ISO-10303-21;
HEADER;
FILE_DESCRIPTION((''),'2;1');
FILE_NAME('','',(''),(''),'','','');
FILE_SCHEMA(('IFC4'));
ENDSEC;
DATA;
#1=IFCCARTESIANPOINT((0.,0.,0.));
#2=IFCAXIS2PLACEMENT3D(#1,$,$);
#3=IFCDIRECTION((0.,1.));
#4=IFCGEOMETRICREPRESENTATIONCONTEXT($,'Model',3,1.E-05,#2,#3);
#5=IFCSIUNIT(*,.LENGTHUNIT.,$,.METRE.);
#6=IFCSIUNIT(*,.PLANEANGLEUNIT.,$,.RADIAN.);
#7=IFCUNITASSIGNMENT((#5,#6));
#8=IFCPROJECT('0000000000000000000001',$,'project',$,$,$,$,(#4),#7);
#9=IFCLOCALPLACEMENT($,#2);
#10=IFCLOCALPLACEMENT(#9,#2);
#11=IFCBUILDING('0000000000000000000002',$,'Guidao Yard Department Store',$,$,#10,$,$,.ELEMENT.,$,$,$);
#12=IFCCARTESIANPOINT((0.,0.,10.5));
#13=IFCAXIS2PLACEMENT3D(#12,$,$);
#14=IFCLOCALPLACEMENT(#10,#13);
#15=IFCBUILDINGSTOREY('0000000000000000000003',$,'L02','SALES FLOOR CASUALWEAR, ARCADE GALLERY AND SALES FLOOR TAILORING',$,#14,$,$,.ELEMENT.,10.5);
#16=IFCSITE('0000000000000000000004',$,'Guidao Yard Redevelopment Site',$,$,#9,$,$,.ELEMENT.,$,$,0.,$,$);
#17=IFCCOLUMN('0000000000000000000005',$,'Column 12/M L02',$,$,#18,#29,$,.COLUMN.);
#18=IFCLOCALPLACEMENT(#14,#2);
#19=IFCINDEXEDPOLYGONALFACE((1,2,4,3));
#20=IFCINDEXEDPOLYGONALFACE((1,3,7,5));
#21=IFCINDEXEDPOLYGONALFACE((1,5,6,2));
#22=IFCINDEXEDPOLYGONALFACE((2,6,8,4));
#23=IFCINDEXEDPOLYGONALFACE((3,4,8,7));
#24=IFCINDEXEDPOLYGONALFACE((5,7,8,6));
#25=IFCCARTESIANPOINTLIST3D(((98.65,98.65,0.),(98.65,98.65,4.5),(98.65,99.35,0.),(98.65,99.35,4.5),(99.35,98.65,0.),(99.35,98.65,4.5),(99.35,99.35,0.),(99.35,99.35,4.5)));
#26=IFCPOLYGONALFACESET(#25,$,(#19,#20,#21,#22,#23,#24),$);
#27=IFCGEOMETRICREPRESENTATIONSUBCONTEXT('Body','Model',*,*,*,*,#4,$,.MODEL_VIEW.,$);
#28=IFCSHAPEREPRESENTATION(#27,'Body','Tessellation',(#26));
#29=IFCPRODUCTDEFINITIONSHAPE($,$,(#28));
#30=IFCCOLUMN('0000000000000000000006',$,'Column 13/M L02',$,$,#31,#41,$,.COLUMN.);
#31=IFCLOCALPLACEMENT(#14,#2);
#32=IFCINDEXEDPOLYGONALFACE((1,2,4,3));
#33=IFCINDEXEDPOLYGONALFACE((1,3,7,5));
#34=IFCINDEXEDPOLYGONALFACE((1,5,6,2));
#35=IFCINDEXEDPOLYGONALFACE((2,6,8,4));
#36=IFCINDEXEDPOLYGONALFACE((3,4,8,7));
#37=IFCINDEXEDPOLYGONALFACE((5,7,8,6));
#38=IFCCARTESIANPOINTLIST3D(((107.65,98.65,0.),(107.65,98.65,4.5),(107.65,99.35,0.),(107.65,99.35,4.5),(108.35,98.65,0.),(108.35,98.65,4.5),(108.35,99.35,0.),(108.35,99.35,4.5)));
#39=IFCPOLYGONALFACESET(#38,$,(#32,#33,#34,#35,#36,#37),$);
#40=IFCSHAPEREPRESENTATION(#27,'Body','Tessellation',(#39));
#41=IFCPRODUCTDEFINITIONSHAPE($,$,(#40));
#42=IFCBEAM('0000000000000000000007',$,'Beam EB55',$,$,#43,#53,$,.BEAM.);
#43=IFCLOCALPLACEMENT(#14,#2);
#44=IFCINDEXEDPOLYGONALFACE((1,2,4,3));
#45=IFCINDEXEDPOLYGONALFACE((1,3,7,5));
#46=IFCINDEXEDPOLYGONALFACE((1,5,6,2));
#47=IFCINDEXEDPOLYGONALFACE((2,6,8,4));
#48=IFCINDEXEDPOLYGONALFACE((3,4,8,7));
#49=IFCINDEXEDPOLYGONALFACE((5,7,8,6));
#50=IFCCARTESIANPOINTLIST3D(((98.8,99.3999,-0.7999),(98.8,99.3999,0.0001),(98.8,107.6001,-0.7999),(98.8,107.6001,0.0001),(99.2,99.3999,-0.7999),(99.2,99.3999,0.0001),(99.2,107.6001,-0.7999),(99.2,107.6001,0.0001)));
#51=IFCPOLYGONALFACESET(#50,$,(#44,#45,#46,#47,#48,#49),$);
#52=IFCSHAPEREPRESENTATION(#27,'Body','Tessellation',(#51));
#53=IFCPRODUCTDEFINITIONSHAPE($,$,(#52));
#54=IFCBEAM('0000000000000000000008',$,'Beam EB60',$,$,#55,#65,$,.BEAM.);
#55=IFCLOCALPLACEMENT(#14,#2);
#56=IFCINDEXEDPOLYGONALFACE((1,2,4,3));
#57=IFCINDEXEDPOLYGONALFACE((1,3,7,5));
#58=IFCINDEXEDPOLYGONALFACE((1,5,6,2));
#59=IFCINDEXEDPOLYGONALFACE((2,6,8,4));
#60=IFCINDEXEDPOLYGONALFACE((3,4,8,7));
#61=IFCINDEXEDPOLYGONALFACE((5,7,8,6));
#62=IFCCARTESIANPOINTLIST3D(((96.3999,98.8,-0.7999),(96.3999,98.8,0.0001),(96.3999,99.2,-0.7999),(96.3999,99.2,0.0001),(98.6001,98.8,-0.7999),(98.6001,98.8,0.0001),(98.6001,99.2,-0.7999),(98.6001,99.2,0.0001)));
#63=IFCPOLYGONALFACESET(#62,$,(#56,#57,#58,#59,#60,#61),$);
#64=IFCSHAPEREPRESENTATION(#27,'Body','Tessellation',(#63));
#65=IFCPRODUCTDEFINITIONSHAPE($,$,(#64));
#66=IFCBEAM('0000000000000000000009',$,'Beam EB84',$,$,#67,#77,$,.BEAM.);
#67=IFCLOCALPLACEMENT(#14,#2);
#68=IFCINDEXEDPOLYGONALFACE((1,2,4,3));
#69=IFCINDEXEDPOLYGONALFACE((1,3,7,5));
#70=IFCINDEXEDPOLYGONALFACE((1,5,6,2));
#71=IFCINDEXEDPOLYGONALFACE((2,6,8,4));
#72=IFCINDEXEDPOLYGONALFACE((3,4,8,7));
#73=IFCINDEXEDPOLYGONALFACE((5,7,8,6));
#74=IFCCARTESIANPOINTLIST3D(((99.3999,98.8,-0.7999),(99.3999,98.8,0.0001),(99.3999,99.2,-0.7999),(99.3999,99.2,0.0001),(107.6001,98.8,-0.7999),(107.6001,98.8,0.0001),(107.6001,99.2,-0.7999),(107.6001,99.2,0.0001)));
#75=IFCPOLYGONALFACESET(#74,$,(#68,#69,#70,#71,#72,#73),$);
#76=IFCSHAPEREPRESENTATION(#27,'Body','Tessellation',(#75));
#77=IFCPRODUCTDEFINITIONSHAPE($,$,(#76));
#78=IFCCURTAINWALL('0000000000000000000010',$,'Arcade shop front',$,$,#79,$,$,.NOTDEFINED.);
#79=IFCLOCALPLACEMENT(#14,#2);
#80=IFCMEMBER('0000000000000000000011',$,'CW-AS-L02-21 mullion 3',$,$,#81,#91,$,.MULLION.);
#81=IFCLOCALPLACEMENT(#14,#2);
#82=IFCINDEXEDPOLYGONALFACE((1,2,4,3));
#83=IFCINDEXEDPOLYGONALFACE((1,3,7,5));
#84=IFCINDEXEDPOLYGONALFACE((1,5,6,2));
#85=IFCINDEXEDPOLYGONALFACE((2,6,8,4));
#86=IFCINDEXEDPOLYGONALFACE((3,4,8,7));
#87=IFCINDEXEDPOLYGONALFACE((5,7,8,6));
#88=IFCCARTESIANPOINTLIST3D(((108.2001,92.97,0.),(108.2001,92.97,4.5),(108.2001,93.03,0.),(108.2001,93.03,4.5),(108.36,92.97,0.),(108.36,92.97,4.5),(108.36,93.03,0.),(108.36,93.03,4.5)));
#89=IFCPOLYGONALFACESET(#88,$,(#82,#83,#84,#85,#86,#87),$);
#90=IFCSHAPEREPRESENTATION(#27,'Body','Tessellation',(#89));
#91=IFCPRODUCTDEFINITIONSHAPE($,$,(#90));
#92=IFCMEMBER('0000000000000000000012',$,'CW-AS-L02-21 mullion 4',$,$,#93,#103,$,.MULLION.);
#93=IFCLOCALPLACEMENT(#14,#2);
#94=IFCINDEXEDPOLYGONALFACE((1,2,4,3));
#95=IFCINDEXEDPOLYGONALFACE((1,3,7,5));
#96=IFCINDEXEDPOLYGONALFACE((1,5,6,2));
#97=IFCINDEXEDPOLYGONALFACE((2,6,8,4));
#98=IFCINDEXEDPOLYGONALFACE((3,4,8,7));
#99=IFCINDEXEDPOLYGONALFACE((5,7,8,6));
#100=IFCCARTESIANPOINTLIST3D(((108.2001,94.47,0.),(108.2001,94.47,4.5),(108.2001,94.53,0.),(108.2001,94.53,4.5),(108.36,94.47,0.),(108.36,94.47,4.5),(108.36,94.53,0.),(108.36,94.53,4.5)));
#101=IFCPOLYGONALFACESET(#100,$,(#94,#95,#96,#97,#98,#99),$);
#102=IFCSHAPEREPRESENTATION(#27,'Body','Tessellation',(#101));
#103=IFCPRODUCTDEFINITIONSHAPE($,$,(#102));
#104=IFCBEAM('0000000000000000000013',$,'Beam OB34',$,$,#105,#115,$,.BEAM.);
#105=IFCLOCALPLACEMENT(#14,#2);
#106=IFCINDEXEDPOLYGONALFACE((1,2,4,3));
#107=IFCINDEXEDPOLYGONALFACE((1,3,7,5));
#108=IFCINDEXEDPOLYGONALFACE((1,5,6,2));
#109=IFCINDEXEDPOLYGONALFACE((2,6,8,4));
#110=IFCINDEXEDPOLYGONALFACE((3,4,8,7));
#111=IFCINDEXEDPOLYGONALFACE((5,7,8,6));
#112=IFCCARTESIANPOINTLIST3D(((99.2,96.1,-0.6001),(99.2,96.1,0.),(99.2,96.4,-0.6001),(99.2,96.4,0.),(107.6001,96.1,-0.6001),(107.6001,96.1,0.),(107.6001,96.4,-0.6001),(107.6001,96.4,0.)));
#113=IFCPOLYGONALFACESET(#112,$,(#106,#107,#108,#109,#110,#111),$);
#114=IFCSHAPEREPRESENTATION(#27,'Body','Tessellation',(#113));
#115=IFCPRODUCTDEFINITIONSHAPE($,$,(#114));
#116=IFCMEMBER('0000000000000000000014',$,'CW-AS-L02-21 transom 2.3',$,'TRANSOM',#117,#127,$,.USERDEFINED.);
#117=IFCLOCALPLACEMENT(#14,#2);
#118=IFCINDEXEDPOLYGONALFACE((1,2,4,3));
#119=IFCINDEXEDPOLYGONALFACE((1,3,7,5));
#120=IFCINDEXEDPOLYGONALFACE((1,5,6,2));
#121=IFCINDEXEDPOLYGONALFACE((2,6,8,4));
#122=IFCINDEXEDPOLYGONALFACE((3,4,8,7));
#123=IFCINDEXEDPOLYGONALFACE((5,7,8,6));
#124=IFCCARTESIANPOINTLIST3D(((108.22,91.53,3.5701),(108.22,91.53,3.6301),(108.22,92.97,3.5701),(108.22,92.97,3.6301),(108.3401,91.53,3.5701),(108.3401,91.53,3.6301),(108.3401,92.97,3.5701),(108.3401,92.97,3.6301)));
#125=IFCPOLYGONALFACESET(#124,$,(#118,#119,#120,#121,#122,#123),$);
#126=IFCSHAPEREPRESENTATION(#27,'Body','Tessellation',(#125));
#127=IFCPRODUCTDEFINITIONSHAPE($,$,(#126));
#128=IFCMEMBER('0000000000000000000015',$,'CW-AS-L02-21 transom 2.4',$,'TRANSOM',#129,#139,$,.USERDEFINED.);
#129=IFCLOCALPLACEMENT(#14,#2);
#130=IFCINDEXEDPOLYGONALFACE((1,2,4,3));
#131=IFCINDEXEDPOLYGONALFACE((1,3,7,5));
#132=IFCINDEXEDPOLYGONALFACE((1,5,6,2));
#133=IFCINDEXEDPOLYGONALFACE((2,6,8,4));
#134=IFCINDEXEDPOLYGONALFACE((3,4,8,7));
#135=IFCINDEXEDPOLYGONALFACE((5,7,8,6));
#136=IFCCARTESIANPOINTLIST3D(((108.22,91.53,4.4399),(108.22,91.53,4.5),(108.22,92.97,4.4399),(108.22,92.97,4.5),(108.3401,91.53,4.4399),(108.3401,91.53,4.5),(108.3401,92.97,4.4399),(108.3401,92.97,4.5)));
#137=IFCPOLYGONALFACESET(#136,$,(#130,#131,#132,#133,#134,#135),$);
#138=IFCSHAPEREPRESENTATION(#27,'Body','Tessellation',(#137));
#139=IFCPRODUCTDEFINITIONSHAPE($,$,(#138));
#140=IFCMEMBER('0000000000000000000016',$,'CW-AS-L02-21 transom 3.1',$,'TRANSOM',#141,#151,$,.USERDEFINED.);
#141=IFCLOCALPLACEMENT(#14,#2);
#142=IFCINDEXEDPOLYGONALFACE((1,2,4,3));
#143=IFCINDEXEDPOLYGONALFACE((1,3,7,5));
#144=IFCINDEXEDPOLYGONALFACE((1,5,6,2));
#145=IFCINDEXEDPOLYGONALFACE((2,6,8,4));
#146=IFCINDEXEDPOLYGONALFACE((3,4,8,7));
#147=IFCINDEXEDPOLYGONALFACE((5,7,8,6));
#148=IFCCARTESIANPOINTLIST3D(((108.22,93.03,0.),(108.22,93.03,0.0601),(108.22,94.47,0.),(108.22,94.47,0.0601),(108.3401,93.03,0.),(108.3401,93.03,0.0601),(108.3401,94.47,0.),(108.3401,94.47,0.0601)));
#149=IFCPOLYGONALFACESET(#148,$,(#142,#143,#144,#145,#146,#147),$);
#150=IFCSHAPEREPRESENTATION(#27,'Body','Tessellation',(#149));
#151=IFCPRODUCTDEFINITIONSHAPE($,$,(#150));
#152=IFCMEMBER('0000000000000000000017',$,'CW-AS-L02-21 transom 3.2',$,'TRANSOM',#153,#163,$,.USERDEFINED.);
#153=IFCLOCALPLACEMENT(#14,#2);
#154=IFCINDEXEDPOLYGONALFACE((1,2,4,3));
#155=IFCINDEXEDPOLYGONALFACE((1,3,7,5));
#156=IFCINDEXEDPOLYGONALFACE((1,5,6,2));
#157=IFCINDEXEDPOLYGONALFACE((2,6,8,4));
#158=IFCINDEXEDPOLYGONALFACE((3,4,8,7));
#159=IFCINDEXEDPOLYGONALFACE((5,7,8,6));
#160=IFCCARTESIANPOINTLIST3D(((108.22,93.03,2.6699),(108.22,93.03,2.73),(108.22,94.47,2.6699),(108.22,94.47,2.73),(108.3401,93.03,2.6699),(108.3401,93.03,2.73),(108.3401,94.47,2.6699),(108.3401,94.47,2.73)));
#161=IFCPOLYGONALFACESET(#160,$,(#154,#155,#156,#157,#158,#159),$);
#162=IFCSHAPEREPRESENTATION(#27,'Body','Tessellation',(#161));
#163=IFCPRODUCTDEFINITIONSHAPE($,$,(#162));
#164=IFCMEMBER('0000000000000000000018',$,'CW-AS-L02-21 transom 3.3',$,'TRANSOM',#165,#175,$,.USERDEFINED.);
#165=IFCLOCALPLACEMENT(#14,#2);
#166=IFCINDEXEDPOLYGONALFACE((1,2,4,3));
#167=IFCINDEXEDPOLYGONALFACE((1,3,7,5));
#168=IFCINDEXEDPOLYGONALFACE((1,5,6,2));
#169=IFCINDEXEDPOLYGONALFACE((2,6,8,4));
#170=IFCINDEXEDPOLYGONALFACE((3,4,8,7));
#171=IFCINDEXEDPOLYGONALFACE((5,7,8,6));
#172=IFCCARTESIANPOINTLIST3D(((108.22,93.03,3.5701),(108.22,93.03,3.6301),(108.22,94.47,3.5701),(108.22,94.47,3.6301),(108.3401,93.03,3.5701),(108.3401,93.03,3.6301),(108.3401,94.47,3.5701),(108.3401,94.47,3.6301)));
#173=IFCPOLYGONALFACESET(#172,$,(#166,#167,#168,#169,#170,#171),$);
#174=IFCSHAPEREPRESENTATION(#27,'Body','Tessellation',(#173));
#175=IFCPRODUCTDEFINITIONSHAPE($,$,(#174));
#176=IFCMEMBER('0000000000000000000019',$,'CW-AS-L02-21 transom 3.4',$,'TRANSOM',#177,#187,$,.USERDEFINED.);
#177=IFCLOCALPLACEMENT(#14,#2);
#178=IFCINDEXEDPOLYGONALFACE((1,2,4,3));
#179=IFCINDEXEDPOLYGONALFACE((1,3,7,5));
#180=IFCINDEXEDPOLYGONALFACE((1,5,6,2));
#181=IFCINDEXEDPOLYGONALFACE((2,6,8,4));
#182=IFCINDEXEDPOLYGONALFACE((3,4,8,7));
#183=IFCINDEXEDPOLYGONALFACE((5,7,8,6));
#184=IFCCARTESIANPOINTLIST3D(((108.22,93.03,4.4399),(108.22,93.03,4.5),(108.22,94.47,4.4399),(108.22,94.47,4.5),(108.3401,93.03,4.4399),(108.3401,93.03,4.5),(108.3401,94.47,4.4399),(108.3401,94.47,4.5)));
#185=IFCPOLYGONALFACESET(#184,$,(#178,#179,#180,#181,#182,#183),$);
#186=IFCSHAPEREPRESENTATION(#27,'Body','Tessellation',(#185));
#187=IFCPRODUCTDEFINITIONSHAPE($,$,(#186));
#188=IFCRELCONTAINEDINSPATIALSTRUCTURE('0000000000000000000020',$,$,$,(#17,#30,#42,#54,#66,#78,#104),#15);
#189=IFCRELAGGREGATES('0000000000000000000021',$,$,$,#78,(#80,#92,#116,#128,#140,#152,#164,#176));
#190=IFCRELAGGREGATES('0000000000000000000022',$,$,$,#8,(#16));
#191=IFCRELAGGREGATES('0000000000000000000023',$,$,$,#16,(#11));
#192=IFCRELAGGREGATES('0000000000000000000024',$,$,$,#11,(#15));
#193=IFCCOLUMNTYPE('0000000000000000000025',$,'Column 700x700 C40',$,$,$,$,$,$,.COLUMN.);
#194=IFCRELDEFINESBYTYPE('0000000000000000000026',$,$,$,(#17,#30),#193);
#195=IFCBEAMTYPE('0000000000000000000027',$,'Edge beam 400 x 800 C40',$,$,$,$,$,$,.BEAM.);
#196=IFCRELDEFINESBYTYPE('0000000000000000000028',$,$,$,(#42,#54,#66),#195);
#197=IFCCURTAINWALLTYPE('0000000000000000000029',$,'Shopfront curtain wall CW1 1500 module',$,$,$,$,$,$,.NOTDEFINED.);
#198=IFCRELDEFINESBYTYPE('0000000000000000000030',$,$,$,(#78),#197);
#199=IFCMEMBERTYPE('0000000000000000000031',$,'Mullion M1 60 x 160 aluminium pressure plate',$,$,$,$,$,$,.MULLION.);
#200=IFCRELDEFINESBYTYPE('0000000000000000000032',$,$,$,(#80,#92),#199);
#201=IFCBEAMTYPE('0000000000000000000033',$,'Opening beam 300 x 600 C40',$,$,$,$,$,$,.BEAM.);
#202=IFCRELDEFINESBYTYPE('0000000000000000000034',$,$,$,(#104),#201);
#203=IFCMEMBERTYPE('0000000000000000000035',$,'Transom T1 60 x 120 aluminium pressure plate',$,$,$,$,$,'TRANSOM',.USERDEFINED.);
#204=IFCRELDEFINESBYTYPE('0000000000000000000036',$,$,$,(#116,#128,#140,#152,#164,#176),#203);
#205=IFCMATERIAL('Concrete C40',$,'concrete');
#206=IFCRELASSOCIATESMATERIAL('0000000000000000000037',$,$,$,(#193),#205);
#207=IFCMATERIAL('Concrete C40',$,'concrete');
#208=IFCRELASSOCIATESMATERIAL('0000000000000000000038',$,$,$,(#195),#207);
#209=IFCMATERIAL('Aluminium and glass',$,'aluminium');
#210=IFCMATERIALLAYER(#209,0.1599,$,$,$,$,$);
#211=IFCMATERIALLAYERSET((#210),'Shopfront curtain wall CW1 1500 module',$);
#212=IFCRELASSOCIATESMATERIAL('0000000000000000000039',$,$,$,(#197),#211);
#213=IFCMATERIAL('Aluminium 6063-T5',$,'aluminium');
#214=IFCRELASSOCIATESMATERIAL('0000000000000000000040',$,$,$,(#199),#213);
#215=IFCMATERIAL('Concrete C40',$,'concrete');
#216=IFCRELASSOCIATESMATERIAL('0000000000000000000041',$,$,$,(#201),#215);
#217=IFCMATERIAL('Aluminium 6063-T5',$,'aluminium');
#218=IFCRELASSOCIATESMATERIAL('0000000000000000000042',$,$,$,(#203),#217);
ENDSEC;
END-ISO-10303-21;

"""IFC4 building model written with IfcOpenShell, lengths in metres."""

from ifc_helpers import new_model, si_unit, direction, frame, origin, origin_2d, place, context, subcontext, project, spatial, rectangle, extrude, material, layer, layer_set, material_profile, profile_set, type_object, element, aggregate, save


model = new_model("IFC4")

# Units and contexts
model_context = context("Model", 3, precision=1e-05, world=origin(), true_north=direction((0.0, 1.0)))
body_context = subcontext(model_context, "Body", "Model", "MODEL_VIEW")
ifc_project = project(units=[si_unit("LENGTHUNIT", "METRE"), si_unit("PLANEANGLEUNIT", "RADIAN")], contexts=[model_context])

# Site, building, storey
site_placement = place(None, origin())
site = spatial("IfcSite", under=ifc_project, at=site_placement, Name="Guidao Yard Redevelopment Site", CompositionType="ELEMENT", RefElevation=0.0)
building_placement = place(site_placement, origin())
building = spatial("IfcBuilding", under=site, at=building_placement, Name="Guidao Yard Department Store", CompositionType="ELEMENT")
storey_placement = place(building_placement, frame((0.0, 0.0, 10.5)))
storey = spatial("IfcBuildingStorey", under=building, at=storey_placement, Name="L02", Description="SALES FLOOR CASUALWEAR, ARCADE GALLERY AND SALES FLOOR TAILORING", CompositionType="ELEMENT", Elevation=10.5)

# Columns
ifc_material_1 = material(Name="Concrete C40", Category="concrete")
ifc_material_profile_1 = material_profile(ifc_material_1, rectangle(XDim=0.7, YDim=0.7, at=origin_2d()), Name="COL 700x700")
ifc_profile_set_1 = profile_set([ifc_material_profile_1], Name="Concrete C40")
column_type = type_object("IfcColumnType", Name="Column 700x700 C40", PredefinedType="COLUMN", material=ifc_profile_set_1)
for number, where, z_axis, x_axis, name in (
    (1, (99.0, 99.0, 0.0), (0.0, 0.0, 1.0), (1.0, 0.0, 0.0), "Column 12/M L02"),
    (2, (108.0, 99.0, 0.0), (0.0, 0.0, 1.0), (1.0, 0.0, 0.0), "Column 13/M L02"),
):
    element("IfcColumn", number, at=place(storey_placement, frame(where, z_axis=z_axis, x_axis=x_axis)), inside=storey, type_object=column_type, Name=name, PredefinedType="COLUMN", context=body_context, shape_type="SweptSolid", body=[
        extrude(rectangle(XDim=0.7, YDim=0.7, at=origin_2d()), origin(), (0.0, 0.0, 1.0), 4.5),
    ])

# Beams
ifc_material_2 = material(Name="Concrete C40", Category="concrete")
ifc_material_profile_2 = material_profile(ifc_material_2, rectangle(XDim=0.3999, YDim=0.8, at=origin_2d()), Name="Edge beam 400 x 800 C40")
ifc_profile_set_2 = profile_set([ifc_material_profile_2], Name="Concrete C40")
beam_type_1 = type_object("IfcBeamType", Name="Edge beam 400 x 800 C40", PredefinedType="BEAM", material=ifc_profile_set_2)
beam_1_placement = place(storey_placement, frame((99.0, 99.3999, -0.3999), z_axis=(0.0, 1.0, 0.0), x_axis=(-1.0, 0.0, 0.0)))
element("IfcBeam", 3, at=beam_1_placement, inside=storey, type_object=beam_type_1, Name="Beam EB55", PredefinedType="BEAM", context=body_context, shape_type="SweptSolid", body=[
    extrude(rectangle(XDim=0.3999, YDim=0.8, at=origin_2d()), origin(), (0.0, 0.0, 1.0), 8.2002),
])
beam_2_placement = place(storey_placement, frame((96.3999, 99.0, -0.3999), z_axis=(1.0, 0.0, 0.0), x_axis=(0.0, 1.0, 0.0)))
element("IfcBeam", 4, at=beam_2_placement, inside=storey, type_object=beam_type_1, Name="Beam EB60", PredefinedType="BEAM", context=body_context, shape_type="SweptSolid", body=[
    extrude(rectangle(XDim=0.3999, YDim=0.8, at=origin_2d()), origin(), (0.0, 0.0, 1.0), 2.2002),
])
beam_3_placement = place(storey_placement, frame((99.3999, 99.0, -0.3999), z_axis=(1.0, 0.0, 0.0), x_axis=(0.0, 1.0, 0.0)))
element("IfcBeam", 5, at=beam_3_placement, inside=storey, type_object=beam_type_1, Name="Beam EB84", PredefinedType="BEAM", context=body_context, shape_type="SweptSolid", body=[
    extrude(rectangle(XDim=0.3999, YDim=0.8, at=origin_2d()), origin(), (0.0, 0.0, 1.0), 8.2002),
])

# Curtain wall, members
ifc_material_3 = material(Name="Aluminium and glass", Category="aluminium")
ifc_layer_1 = layer(ifc_material_3, 0.1599)
ifc_layer_set_1 = layer_set([ifc_layer_1], Name="Shopfront curtain wall CW1 1500 module")
curtain_wall_type = type_object("IfcCurtainWallType", Name="Shopfront curtain wall CW1 1500 module", PredefinedType="NOTDEFINED", material=ifc_layer_set_1)
curtain_wall_placement = place(storey_placement, origin())
curtain_wall = element("IfcCurtainWall", 6, at=curtain_wall_placement, inside=storey, type_object=curtain_wall_type, Name="Arcade shop front", PredefinedType="NOTDEFINED")
ifc_material_4 = material(Name="Aluminium 6063-T5", Category="aluminium")
ifc_material_profile_3 = material_profile(ifc_material_4, rectangle(XDim=0.0601, YDim=0.1599, at=origin_2d()), Name="Mullion M1 60 x 160 aluminium pressure plate")
ifc_profile_set_3 = profile_set([ifc_material_profile_3], Name="Aluminium 6063-T5")
member_type_1 = type_object("IfcMemberType", Name="Mullion M1 60 x 160 aluminium pressure plate", PredefinedType="MULLION", material=ifc_profile_set_3)
member_1_placement = place(storey_placement, frame((108.28, 93.0, 0.0), z_axis=(0.0, 0.0, 1.0), x_axis=(0.0, -1.0, 0.0)))
member_1 = element("IfcMember", 7, at=member_1_placement, type_object=member_type_1, Name="CW-AS-L02-21 mullion 3", PredefinedType="MULLION", context=body_context, shape_type="SweptSolid", body=[
    extrude(rectangle(XDim=0.0601, YDim=0.1599, at=origin_2d()), origin(), (0.0, 0.0, 1.0), 4.5),
])
member_2_placement = place(storey_placement, frame((108.28, 94.5, 0.0), z_axis=(0.0, 0.0, 1.0), x_axis=(0.0, -1.0, 0.0)))
member_2 = element("IfcMember", 8, at=member_2_placement, type_object=member_type_1, Name="CW-AS-L02-21 mullion 4", PredefinedType="MULLION", context=body_context, shape_type="SweptSolid", body=[
    extrude(rectangle(XDim=0.0601, YDim=0.1599, at=origin_2d()), origin(), (0.0, 0.0, 1.0), 4.5),
])

# Beam
ifc_material_5 = material(Name="Concrete C40", Category="concrete")
ifc_material_profile_4 = material_profile(ifc_material_5, rectangle(XDim=0.3, YDim=0.6001, at=origin_2d()), Name="Opening beam 300 x 600 C40")
ifc_profile_set_4 = profile_set([ifc_material_profile_4], Name="Concrete C40")
beam_type_2 = type_object("IfcBeamType", Name="Opening beam 300 x 600 C40", PredefinedType="BEAM", material=ifc_profile_set_4)
beam_4_placement = place(storey_placement, frame((99.2, 96.25, -0.3), z_axis=(1.0, 0.0, 0.0), x_axis=(0.0, 1.0, 0.0)))
element("IfcBeam", 9, at=beam_4_placement, inside=storey, type_object=beam_type_2, Name="Beam OB34", PredefinedType="BEAM", context=body_context, shape_type="SweptSolid", body=[
    extrude(rectangle(XDim=0.3, YDim=0.6001, at=origin_2d()), origin(), (0.0, 0.0, 1.0), 8.4001),
])

# Members
ifc_material_6 = material(Name="Aluminium 6063-T5", Category="aluminium")
ifc_material_profile_5 = material_profile(ifc_material_6, rectangle(XDim=0.1201, YDim=0.0601, at=origin_2d()), Name="Transom T1 60 x 120 aluminium pressure plate")
ifc_profile_set_5 = profile_set([ifc_material_profile_5], Name="Aluminium 6063-T5")
member_type_2 = type_object("IfcMemberType", Name="Transom T1 60 x 120 aluminium pressure plate", ElementType="TRANSOM", PredefinedType="USERDEFINED", material=ifc_profile_set_5)
member_3_placement = place(storey_placement, frame((108.28, 92.97, 3.6001), z_axis=(0.0, -1.0, 0.0), x_axis=(1.0, 0.0, 0.0)))
member_3 = element("IfcMember", 10, at=member_3_placement, type_object=member_type_2, Name="CW-AS-L02-21 transom 2.3", ObjectType="TRANSOM", PredefinedType="USERDEFINED", context=body_context, shape_type="SweptSolid", body=[
    extrude(rectangle(XDim=0.1201, YDim=0.0601, at=origin_2d()), origin(), (0.0, 0.0, 1.0), 1.4399),
])
member_4_placement = place(storey_placement, frame((108.28, 92.97, 4.47), z_axis=(0.0, -1.0, 0.0), x_axis=(1.0, 0.0, 0.0)))
member_4 = element("IfcMember", 11, at=member_4_placement, type_object=member_type_2, Name="CW-AS-L02-21 transom 2.4", ObjectType="TRANSOM", PredefinedType="USERDEFINED", context=body_context, shape_type="SweptSolid", body=[
    extrude(rectangle(XDim=0.1201, YDim=0.0601, at=origin_2d()), origin(), (0.0, 0.0, 1.0), 1.4399),
])
member_5_placement = place(storey_placement, frame((108.28, 94.47, 0.03), z_axis=(0.0, -1.0, 0.0), x_axis=(1.0, 0.0, 0.0)))
member_5 = element("IfcMember", 12, at=member_5_placement, type_object=member_type_2, Name="CW-AS-L02-21 transom 3.1", ObjectType="TRANSOM", PredefinedType="USERDEFINED", context=body_context, shape_type="SweptSolid", body=[
    extrude(rectangle(XDim=0.1201, YDim=0.0601, at=origin_2d()), origin(), (0.0, 0.0, 1.0), 1.4399),
])
member_6_placement = place(storey_placement, frame((108.28, 94.47, 2.7), z_axis=(0.0, -1.0, 0.0), x_axis=(1.0, 0.0, 0.0)))
member_6 = element("IfcMember", 13, at=member_6_placement, type_object=member_type_2, Name="CW-AS-L02-21 transom 3.2", ObjectType="TRANSOM", PredefinedType="USERDEFINED", context=body_context, shape_type="SweptSolid", body=[
    extrude(rectangle(XDim=0.1201, YDim=0.0601, at=origin_2d()), origin(), (0.0, 0.0, 1.0), 1.4399),
])
member_7_placement = place(storey_placement, frame((108.28, 94.47, 3.6001), z_axis=(0.0, -1.0, 0.0), x_axis=(1.0, 0.0, 0.0)))
member_7 = element("IfcMember", 14, at=member_7_placement, type_object=member_type_2, Name="CW-AS-L02-21 transom 3.3", ObjectType="TRANSOM", PredefinedType="USERDEFINED", context=body_context, shape_type="SweptSolid", body=[
    extrude(rectangle(XDim=0.1201, YDim=0.0601, at=origin_2d()), origin(), (0.0, 0.0, 1.0), 1.4399),
])
member_8_placement = place(storey_placement, frame((108.28, 94.47, 4.47), z_axis=(0.0, -1.0, 0.0), x_axis=(1.0, 0.0, 0.0)))
member_8 = element("IfcMember", 15, at=member_8_placement, type_object=member_type_2, Name="CW-AS-L02-21 transom 3.4", ObjectType="TRANSOM", PredefinedType="USERDEFINED", context=body_context, shape_type="SweptSolid", body=[
    extrude(rectangle(XDim=0.1201, YDim=0.0601, at=origin_2d()), origin(), (0.0, 0.0, 1.0), 1.4399),
])

aggregate(curtain_wall, [member_1, member_2, member_3, member_4, member_5, member_6, member_7, member_8])

save(model, "model.ifc")
